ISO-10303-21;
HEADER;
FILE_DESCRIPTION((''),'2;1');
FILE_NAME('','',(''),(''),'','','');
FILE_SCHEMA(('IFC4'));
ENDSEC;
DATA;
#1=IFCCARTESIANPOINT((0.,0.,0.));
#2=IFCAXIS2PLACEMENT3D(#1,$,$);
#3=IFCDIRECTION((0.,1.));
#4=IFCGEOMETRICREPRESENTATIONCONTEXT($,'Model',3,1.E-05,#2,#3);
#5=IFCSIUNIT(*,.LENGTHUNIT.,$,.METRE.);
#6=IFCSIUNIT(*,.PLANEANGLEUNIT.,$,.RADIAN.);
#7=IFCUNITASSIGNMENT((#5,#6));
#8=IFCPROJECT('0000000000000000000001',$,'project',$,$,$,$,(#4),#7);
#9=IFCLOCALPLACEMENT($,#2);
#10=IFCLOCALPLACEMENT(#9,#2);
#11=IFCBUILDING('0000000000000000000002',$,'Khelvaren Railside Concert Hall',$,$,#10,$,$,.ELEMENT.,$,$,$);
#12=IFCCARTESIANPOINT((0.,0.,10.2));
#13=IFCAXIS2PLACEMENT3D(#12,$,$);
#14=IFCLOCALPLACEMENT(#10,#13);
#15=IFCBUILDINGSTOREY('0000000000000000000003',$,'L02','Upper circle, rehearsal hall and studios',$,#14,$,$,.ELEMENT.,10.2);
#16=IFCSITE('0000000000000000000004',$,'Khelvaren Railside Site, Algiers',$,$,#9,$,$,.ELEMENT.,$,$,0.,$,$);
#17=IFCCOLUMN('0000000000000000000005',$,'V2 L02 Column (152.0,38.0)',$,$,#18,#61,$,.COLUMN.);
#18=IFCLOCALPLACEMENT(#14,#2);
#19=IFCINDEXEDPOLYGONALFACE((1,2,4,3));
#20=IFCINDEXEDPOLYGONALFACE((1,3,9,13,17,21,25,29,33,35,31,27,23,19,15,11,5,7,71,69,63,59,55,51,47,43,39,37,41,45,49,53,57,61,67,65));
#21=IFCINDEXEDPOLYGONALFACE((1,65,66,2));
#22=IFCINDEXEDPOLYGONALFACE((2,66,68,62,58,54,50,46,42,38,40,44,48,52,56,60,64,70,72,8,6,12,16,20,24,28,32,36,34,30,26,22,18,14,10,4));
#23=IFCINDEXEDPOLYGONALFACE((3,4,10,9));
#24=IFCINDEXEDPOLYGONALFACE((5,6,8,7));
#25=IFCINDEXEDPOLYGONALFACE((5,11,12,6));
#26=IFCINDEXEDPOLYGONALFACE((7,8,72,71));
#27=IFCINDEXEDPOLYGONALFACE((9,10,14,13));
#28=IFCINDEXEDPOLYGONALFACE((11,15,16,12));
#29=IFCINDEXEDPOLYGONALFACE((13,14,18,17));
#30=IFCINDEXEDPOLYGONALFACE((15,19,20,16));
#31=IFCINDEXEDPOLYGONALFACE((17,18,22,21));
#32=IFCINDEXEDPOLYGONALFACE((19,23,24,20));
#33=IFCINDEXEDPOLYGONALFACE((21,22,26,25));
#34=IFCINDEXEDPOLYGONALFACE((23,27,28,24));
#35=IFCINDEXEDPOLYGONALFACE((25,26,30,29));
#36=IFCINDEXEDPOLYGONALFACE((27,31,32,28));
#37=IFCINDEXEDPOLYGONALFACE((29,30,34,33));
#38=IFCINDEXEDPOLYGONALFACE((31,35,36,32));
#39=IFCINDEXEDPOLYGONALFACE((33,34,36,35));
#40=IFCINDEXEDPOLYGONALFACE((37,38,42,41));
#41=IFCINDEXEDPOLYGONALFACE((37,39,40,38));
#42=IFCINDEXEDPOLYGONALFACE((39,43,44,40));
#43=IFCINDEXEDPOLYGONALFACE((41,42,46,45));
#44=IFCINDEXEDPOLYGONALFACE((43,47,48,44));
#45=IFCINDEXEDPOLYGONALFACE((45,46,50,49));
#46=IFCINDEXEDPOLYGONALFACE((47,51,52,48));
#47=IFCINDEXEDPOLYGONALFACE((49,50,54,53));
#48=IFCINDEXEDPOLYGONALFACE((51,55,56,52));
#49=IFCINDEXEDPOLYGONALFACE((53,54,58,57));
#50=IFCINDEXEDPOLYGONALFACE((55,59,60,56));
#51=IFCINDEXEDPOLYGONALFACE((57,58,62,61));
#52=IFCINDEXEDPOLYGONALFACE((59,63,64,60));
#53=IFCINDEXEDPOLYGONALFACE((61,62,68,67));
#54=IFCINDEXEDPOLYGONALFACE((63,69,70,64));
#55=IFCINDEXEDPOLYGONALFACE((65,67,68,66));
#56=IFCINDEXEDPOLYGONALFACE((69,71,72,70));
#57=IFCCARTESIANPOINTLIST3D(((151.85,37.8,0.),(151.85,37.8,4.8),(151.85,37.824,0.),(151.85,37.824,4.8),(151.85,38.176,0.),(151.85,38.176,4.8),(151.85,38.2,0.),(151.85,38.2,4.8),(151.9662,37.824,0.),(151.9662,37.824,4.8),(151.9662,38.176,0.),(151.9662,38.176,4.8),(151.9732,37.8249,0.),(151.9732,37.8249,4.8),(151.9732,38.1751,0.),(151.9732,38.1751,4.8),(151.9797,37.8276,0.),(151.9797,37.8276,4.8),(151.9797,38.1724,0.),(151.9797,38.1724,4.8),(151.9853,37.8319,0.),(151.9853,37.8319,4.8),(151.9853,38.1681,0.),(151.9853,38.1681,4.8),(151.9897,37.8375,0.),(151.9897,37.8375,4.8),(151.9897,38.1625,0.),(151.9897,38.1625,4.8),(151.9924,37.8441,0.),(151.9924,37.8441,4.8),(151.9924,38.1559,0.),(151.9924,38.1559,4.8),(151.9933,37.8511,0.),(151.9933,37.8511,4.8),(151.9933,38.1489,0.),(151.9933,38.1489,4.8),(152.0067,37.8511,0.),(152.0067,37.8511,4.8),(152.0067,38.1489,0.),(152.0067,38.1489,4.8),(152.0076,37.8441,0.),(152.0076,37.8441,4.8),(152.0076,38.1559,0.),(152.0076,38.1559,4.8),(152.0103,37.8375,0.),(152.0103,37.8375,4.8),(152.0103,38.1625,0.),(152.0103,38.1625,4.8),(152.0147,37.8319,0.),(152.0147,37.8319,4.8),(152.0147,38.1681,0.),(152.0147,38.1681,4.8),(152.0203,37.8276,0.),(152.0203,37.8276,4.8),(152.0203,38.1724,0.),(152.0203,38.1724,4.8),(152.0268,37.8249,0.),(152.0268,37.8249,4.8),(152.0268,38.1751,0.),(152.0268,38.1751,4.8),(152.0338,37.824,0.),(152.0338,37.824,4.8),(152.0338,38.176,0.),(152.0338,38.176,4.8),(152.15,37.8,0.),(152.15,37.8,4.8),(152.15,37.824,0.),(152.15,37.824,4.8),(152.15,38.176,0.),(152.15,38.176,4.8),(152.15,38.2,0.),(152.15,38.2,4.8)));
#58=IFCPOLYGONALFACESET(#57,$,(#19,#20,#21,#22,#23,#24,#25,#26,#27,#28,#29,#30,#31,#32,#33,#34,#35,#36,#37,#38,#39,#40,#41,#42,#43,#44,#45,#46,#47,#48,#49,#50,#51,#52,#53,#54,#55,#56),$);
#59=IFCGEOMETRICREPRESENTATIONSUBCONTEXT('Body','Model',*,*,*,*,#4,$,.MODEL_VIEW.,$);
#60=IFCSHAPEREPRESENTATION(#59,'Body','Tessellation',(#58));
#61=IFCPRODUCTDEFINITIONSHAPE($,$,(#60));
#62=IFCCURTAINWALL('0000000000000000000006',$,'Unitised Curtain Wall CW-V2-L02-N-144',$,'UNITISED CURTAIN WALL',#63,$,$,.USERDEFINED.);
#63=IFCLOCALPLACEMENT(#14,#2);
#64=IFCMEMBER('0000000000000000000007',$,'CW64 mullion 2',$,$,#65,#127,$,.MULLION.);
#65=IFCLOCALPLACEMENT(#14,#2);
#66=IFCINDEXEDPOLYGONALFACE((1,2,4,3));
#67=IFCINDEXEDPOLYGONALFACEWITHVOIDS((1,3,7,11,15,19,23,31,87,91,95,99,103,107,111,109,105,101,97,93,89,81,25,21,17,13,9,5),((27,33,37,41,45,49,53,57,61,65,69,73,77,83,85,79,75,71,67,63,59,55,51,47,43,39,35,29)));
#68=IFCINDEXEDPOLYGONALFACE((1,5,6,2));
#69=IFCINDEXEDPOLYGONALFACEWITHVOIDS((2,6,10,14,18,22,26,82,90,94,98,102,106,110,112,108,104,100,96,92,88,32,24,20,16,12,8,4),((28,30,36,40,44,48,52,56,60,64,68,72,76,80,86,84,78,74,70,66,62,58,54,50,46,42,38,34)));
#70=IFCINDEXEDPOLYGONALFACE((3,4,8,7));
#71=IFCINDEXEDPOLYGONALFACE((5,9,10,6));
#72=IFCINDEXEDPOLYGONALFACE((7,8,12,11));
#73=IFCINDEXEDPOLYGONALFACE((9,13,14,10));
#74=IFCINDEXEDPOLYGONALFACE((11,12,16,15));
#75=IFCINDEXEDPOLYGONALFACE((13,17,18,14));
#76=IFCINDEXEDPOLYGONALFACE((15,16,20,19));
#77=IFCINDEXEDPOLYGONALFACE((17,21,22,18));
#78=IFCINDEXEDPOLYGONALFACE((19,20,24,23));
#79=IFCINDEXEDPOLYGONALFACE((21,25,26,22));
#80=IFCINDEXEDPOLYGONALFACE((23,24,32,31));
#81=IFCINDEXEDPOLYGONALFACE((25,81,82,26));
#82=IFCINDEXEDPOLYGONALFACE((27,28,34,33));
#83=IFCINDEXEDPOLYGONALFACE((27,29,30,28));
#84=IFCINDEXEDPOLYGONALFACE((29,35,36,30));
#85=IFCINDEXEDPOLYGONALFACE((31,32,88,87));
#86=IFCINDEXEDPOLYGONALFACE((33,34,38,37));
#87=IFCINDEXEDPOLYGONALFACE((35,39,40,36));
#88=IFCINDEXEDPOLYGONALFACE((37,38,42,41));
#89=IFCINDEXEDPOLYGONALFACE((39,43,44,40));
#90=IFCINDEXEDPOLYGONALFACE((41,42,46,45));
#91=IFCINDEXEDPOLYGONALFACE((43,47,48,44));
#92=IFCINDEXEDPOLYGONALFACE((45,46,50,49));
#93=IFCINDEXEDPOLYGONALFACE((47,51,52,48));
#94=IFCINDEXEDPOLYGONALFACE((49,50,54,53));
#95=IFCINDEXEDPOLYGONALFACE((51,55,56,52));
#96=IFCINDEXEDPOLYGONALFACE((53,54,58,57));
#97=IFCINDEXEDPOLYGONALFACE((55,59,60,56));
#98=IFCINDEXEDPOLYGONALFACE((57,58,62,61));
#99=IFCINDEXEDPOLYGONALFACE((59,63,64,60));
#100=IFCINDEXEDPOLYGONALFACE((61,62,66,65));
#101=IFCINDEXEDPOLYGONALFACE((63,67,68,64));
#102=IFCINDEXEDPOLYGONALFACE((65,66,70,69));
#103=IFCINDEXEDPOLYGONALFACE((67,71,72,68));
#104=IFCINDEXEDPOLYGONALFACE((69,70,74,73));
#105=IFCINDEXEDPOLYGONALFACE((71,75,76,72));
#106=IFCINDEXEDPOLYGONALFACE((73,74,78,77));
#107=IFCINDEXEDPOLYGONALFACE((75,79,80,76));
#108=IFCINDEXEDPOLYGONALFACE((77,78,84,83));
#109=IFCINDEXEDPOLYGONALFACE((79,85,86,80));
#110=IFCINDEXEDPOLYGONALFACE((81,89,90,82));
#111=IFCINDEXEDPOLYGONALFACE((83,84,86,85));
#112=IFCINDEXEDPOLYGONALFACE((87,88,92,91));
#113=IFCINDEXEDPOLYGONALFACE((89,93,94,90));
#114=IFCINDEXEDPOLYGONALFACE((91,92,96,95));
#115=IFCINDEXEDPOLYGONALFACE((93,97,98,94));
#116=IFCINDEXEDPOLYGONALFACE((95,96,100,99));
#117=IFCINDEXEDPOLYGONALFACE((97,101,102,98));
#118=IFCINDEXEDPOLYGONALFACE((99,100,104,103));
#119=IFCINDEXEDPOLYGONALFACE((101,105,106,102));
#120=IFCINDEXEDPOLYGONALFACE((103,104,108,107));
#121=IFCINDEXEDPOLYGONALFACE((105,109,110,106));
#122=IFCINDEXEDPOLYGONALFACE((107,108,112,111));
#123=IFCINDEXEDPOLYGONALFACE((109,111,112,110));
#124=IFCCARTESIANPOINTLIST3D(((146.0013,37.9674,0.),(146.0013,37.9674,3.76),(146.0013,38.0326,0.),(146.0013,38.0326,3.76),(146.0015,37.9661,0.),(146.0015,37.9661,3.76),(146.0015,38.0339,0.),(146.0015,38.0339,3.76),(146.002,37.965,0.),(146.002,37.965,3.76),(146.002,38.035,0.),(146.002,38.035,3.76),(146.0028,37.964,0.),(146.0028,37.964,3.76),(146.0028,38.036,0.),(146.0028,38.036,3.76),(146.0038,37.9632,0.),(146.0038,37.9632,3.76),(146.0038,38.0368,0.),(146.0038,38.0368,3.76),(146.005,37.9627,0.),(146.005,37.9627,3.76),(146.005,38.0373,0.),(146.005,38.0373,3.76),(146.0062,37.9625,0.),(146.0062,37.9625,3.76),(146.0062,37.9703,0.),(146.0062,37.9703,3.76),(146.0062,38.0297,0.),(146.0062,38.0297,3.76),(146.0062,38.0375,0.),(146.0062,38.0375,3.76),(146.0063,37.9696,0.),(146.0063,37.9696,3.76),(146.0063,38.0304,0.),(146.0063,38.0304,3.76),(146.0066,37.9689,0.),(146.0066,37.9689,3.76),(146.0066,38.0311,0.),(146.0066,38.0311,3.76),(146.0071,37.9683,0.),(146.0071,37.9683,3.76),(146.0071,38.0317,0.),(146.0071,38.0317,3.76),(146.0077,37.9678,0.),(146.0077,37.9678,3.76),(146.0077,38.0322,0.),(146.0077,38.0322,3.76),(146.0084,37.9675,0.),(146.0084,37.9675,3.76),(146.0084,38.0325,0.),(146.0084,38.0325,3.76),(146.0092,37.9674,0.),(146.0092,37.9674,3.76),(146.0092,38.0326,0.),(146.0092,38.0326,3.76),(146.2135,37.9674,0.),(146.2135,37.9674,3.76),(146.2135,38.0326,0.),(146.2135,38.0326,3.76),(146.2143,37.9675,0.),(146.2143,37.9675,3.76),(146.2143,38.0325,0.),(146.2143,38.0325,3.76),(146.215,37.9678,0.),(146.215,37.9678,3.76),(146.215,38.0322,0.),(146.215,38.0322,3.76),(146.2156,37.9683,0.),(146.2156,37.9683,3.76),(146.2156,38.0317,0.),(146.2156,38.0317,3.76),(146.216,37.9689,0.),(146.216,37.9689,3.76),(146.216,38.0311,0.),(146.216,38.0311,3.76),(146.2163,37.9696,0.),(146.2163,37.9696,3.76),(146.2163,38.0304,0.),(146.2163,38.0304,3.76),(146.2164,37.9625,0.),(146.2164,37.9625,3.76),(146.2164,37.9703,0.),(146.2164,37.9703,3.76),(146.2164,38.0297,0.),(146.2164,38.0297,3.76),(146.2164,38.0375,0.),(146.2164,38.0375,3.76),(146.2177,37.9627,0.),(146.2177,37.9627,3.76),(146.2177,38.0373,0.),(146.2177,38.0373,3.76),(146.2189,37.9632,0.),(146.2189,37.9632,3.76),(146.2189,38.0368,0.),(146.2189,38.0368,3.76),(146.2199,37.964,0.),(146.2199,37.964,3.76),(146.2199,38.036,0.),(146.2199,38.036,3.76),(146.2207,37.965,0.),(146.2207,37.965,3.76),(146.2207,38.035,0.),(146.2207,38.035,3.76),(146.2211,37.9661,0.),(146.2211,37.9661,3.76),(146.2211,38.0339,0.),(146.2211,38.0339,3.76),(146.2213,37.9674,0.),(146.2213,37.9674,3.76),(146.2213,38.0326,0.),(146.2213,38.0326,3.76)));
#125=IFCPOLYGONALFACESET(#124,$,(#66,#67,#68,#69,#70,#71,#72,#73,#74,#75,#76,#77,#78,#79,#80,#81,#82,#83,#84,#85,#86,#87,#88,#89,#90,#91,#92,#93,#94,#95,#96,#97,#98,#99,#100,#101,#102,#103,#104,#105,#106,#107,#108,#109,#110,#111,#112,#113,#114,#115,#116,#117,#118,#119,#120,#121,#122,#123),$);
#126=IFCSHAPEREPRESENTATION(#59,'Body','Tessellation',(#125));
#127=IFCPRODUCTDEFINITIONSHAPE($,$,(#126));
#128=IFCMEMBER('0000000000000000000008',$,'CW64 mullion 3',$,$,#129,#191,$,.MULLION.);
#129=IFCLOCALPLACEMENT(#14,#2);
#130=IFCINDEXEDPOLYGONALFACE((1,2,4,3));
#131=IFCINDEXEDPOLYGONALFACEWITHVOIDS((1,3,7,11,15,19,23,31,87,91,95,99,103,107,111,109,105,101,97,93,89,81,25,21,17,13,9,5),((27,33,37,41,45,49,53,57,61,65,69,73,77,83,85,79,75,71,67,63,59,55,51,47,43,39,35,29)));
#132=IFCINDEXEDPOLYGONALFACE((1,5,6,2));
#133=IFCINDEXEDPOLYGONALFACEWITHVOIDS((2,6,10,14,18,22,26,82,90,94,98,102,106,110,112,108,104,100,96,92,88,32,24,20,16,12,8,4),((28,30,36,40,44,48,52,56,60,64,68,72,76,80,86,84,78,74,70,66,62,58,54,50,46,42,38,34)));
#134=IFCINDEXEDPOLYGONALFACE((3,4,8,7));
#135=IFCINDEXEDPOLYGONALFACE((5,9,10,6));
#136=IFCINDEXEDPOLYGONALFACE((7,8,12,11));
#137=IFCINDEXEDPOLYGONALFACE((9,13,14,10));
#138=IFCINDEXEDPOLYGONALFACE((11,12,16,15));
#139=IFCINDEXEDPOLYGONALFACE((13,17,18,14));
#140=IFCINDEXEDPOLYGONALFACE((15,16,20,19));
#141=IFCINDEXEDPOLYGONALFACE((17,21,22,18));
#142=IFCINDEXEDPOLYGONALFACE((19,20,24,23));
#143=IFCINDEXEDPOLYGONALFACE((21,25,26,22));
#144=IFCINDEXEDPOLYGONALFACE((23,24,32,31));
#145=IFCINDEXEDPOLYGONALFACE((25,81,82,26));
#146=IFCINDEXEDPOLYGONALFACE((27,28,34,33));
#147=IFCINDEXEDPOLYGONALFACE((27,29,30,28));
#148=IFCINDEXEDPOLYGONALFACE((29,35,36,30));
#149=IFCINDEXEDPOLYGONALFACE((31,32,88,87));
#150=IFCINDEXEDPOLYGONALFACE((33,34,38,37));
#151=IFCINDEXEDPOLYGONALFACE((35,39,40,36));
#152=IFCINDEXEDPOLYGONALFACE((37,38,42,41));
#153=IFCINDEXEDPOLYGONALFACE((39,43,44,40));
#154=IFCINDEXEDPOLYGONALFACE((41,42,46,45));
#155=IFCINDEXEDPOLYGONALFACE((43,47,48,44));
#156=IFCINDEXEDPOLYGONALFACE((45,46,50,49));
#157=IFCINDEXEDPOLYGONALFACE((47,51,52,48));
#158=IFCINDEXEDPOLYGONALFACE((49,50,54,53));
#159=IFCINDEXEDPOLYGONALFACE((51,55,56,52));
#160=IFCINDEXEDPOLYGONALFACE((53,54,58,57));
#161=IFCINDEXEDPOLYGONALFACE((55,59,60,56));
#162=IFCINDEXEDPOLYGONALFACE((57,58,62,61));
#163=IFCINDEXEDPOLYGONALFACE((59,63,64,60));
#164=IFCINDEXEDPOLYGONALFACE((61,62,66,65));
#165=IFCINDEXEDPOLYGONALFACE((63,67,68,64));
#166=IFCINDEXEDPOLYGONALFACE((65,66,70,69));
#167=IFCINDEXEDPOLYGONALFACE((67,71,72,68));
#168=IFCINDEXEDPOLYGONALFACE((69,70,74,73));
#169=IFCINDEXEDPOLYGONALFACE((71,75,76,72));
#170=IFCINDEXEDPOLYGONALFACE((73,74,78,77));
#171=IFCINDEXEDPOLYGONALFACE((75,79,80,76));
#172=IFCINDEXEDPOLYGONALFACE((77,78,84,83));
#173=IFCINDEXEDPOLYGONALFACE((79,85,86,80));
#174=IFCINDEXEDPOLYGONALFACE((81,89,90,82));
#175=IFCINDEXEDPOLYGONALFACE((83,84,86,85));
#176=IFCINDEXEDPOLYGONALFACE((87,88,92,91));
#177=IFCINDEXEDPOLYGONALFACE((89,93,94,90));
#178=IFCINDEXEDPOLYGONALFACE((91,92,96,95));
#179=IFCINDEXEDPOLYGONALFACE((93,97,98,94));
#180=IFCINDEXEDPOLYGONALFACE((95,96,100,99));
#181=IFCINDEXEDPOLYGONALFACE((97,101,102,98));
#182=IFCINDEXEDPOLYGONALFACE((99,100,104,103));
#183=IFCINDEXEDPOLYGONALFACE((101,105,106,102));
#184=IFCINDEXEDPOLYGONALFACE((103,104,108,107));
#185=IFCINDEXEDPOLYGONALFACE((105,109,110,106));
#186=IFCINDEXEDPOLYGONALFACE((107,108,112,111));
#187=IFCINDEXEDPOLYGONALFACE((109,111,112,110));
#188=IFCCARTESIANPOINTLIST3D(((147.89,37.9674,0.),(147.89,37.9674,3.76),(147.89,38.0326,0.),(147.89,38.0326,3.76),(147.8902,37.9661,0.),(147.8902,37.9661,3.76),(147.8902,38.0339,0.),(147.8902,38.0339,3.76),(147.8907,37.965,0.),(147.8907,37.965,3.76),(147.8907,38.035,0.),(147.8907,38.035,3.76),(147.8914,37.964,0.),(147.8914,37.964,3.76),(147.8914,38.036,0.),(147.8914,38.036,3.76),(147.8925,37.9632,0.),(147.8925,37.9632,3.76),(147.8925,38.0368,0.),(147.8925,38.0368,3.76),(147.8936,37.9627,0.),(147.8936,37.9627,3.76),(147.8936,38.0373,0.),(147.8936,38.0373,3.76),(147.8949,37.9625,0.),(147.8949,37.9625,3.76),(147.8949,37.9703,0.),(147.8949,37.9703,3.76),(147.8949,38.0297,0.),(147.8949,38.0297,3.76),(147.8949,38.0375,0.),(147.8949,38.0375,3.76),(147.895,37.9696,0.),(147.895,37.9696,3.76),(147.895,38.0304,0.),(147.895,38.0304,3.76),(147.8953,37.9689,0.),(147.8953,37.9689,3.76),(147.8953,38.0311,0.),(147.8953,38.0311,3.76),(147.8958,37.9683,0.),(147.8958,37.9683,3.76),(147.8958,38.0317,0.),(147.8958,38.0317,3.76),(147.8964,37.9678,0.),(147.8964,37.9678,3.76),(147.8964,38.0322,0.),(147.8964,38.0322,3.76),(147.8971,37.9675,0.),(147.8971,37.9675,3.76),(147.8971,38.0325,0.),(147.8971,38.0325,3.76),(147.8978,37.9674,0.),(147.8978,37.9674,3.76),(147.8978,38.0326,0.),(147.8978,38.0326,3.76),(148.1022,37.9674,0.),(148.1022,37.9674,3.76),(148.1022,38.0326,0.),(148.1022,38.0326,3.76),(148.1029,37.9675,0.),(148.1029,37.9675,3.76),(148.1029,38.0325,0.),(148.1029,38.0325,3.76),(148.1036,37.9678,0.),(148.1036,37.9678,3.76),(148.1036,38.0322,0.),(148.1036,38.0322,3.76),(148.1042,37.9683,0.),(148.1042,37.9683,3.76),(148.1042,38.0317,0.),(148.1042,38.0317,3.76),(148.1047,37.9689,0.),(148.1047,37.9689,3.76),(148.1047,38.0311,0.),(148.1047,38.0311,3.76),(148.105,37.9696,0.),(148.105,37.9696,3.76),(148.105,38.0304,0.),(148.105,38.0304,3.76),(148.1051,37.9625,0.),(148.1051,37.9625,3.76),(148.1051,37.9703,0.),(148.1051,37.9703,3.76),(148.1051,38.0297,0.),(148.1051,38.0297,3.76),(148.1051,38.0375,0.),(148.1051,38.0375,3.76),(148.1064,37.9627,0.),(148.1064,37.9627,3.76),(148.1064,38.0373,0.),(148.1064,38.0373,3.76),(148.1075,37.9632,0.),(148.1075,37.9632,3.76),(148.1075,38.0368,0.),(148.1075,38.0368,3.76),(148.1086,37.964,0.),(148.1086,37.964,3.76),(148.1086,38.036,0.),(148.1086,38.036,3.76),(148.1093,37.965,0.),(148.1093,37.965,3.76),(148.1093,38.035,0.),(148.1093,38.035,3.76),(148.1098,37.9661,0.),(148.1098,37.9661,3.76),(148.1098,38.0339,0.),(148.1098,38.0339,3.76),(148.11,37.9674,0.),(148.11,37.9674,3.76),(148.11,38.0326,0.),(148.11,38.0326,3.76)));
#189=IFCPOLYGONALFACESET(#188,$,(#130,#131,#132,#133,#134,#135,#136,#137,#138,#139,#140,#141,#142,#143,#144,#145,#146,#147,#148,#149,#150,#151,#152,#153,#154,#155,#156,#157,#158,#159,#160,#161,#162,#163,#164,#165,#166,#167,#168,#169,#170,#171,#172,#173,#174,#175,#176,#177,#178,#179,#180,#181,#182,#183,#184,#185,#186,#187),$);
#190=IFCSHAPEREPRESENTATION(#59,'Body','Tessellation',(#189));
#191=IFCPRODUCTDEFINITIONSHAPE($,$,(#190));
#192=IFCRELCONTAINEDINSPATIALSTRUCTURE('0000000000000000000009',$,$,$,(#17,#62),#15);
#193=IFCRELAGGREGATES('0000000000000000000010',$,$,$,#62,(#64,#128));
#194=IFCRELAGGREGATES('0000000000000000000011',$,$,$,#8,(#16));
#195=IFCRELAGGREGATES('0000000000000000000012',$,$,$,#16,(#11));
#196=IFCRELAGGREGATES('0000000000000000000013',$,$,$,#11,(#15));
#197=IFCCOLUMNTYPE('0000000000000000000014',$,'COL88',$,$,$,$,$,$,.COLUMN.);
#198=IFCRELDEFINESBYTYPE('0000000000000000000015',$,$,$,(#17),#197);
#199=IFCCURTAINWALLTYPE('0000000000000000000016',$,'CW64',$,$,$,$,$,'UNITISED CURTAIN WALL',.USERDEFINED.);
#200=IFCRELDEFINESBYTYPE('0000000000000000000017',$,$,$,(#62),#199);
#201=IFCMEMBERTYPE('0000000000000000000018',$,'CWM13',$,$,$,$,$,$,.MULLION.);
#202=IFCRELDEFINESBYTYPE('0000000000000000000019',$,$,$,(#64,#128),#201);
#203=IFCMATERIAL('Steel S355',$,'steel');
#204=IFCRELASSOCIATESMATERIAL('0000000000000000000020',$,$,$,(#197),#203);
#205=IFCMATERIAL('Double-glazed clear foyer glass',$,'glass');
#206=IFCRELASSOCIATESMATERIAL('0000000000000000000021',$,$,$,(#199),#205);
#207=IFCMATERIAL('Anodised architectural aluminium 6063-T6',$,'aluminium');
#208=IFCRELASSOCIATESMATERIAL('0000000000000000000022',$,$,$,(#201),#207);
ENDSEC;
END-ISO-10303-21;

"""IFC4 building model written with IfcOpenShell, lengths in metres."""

from ifc_helpers import new_model, si_unit, direction, frame, origin, origin_2d, place, context, subcontext, project, spatial, hollow_rectangle, i_section, extrude, material, material_profile, profile_set, type_object, element, aggregate, save


model = new_model("IFC4")

# Units and contexts
model_context = context("Model", 3, precision=1e-05, world=origin(), true_north=direction((0.0, 1.0)))
body_context = subcontext(model_context, "Body", "Model", "MODEL_VIEW")
ifc_project = project(units=[si_unit("LENGTHUNIT", "METRE"), si_unit("PLANEANGLEUNIT", "RADIAN")], contexts=[model_context])

# Site, building, storey
site_placement = place(None, origin())
site = spatial("IfcSite", under=ifc_project, at=site_placement, Name="Khelvaren Railside Site, Algiers", CompositionType="ELEMENT", RefElevation=0.0)
building_placement = place(site_placement, origin())
building = spatial("IfcBuilding", under=site, at=building_placement, Name="Khelvaren Railside Concert Hall", CompositionType="ELEMENT")
storey_placement = place(building_placement, frame((0.0, 0.0, 10.2)))
storey = spatial("IfcBuildingStorey", under=building, at=storey_placement, Name="L02", Description="Upper circle, rehearsal hall and studios", CompositionType="ELEMENT", Elevation=10.2)

# Column
ifc_material_1 = material(Name="Steel S355", Category="steel")
ifc_material_profile_1 = material_profile(ifc_material_1, i_section(OverallWidth=0.3, OverallDepth=0.3999, WebThickness=0.0134, FlangeThickness=0.0239, FilletRadius=0.0271, at=origin_2d()), Name="HEB 400")
ifc_profile_set_1 = profile_set([ifc_material_profile_1], Name="Steel S355")
column_type = type_object("IfcColumnType", Name="COL88", PredefinedType="COLUMN", material=ifc_profile_set_1)
column_placement = place(storey_placement, frame((152.0, 38.0, 0.0), z_axis=(0.0, 0.0, 1.0), x_axis=(1.0, 0.0, 0.0)))
element("IfcColumn", 1, at=column_placement, inside=storey, type_object=column_type, Name="V2 L02 Column (152.0,38.0)", PredefinedType="COLUMN", context=body_context, shape_type="SweptSolid", body=[
    extrude(i_section(OverallWidth=0.3, OverallDepth=0.3999, WebThickness=0.0134, FlangeThickness=0.0239, FilletRadius=0.0271, at=origin_2d()), origin(), (0.0, 0.0, 1.0), 4.8),
])

# Curtain wall, members
ifc_material_2 = material(Name="Double-glazed clear foyer glass", Category="glass")
curtain_wall_type = type_object("IfcCurtainWallType", Name="CW64", ElementType="UNITISED CURTAIN WALL", PredefinedType="USERDEFINED", material=ifc_material_2)
curtain_wall_placement = place(storey_placement, origin())
curtain_wall = element("IfcCurtainWall", 2, at=curtain_wall_placement, inside=storey, type_object=curtain_wall_type, Name="Unitised Curtain Wall CW-V2-L02-N-144", ObjectType="UNITISED CURTAIN WALL", PredefinedType="USERDEFINED")
ifc_material_3 = material(Name="Anodised architectural aluminium 6063-T6", Category="aluminium")
ifc_material_profile_2 = material_profile(ifc_material_3, hollow_rectangle(XDim=0.075, YDim=0.22, WallThickness=0.0049, InnerFilletRadius=0.0029, OuterFilletRadius=0.0049, at=origin_2d()), Name="CWM 75x220x5")
ifc_profile_set_2 = profile_set([ifc_material_profile_2], Name="Anodised architectural aluminium 6063-T6")
member_type_1 = type_object("IfcMemberType", Name="CWM13", PredefinedType="MULLION", material=ifc_profile_set_2)
member_1_placement = place(storey_placement, frame((146.1113, 38.0, 0.0), z_axis=(0.0, 0.0, 1.0), x_axis=(0.0, 1.0, 0.0)))
member_1 = element("IfcMember", 3, at=member_1_placement, type_object=member_type_1, Name="CW64 mullion 2", PredefinedType="MULLION", context=body_context, shape_type="SweptSolid", body=[
    extrude(hollow_rectangle(XDim=0.075, YDim=0.22, WallThickness=0.0049, InnerFilletRadius=0.0029, OuterFilletRadius=0.0049, at=origin_2d()), origin(), (0.0, 0.0, 1.0), 3.76),
])
member_2_placement = place(storey_placement, frame((148.0, 38.0, 0.0), z_axis=(0.0, 0.0, 1.0), x_axis=(0.0, 1.0, 0.0)))
member_2 = element("IfcMember", 4, at=member_2_placement, type_object=member_type_1, Name="CW64 mullion 3", PredefinedType="MULLION", context=body_context, shape_type="SweptSolid", body=[
    extrude(hollow_rectangle(XDim=0.075, YDim=0.22, WallThickness=0.0049, InnerFilletRadius=0.0029, OuterFilletRadius=0.0049, at=origin_2d()), origin(), (0.0, 0.0, 1.0), 3.76),
])
aggregate(curtain_wall, [member_1, member_2])

save(model, "model.ifc")
